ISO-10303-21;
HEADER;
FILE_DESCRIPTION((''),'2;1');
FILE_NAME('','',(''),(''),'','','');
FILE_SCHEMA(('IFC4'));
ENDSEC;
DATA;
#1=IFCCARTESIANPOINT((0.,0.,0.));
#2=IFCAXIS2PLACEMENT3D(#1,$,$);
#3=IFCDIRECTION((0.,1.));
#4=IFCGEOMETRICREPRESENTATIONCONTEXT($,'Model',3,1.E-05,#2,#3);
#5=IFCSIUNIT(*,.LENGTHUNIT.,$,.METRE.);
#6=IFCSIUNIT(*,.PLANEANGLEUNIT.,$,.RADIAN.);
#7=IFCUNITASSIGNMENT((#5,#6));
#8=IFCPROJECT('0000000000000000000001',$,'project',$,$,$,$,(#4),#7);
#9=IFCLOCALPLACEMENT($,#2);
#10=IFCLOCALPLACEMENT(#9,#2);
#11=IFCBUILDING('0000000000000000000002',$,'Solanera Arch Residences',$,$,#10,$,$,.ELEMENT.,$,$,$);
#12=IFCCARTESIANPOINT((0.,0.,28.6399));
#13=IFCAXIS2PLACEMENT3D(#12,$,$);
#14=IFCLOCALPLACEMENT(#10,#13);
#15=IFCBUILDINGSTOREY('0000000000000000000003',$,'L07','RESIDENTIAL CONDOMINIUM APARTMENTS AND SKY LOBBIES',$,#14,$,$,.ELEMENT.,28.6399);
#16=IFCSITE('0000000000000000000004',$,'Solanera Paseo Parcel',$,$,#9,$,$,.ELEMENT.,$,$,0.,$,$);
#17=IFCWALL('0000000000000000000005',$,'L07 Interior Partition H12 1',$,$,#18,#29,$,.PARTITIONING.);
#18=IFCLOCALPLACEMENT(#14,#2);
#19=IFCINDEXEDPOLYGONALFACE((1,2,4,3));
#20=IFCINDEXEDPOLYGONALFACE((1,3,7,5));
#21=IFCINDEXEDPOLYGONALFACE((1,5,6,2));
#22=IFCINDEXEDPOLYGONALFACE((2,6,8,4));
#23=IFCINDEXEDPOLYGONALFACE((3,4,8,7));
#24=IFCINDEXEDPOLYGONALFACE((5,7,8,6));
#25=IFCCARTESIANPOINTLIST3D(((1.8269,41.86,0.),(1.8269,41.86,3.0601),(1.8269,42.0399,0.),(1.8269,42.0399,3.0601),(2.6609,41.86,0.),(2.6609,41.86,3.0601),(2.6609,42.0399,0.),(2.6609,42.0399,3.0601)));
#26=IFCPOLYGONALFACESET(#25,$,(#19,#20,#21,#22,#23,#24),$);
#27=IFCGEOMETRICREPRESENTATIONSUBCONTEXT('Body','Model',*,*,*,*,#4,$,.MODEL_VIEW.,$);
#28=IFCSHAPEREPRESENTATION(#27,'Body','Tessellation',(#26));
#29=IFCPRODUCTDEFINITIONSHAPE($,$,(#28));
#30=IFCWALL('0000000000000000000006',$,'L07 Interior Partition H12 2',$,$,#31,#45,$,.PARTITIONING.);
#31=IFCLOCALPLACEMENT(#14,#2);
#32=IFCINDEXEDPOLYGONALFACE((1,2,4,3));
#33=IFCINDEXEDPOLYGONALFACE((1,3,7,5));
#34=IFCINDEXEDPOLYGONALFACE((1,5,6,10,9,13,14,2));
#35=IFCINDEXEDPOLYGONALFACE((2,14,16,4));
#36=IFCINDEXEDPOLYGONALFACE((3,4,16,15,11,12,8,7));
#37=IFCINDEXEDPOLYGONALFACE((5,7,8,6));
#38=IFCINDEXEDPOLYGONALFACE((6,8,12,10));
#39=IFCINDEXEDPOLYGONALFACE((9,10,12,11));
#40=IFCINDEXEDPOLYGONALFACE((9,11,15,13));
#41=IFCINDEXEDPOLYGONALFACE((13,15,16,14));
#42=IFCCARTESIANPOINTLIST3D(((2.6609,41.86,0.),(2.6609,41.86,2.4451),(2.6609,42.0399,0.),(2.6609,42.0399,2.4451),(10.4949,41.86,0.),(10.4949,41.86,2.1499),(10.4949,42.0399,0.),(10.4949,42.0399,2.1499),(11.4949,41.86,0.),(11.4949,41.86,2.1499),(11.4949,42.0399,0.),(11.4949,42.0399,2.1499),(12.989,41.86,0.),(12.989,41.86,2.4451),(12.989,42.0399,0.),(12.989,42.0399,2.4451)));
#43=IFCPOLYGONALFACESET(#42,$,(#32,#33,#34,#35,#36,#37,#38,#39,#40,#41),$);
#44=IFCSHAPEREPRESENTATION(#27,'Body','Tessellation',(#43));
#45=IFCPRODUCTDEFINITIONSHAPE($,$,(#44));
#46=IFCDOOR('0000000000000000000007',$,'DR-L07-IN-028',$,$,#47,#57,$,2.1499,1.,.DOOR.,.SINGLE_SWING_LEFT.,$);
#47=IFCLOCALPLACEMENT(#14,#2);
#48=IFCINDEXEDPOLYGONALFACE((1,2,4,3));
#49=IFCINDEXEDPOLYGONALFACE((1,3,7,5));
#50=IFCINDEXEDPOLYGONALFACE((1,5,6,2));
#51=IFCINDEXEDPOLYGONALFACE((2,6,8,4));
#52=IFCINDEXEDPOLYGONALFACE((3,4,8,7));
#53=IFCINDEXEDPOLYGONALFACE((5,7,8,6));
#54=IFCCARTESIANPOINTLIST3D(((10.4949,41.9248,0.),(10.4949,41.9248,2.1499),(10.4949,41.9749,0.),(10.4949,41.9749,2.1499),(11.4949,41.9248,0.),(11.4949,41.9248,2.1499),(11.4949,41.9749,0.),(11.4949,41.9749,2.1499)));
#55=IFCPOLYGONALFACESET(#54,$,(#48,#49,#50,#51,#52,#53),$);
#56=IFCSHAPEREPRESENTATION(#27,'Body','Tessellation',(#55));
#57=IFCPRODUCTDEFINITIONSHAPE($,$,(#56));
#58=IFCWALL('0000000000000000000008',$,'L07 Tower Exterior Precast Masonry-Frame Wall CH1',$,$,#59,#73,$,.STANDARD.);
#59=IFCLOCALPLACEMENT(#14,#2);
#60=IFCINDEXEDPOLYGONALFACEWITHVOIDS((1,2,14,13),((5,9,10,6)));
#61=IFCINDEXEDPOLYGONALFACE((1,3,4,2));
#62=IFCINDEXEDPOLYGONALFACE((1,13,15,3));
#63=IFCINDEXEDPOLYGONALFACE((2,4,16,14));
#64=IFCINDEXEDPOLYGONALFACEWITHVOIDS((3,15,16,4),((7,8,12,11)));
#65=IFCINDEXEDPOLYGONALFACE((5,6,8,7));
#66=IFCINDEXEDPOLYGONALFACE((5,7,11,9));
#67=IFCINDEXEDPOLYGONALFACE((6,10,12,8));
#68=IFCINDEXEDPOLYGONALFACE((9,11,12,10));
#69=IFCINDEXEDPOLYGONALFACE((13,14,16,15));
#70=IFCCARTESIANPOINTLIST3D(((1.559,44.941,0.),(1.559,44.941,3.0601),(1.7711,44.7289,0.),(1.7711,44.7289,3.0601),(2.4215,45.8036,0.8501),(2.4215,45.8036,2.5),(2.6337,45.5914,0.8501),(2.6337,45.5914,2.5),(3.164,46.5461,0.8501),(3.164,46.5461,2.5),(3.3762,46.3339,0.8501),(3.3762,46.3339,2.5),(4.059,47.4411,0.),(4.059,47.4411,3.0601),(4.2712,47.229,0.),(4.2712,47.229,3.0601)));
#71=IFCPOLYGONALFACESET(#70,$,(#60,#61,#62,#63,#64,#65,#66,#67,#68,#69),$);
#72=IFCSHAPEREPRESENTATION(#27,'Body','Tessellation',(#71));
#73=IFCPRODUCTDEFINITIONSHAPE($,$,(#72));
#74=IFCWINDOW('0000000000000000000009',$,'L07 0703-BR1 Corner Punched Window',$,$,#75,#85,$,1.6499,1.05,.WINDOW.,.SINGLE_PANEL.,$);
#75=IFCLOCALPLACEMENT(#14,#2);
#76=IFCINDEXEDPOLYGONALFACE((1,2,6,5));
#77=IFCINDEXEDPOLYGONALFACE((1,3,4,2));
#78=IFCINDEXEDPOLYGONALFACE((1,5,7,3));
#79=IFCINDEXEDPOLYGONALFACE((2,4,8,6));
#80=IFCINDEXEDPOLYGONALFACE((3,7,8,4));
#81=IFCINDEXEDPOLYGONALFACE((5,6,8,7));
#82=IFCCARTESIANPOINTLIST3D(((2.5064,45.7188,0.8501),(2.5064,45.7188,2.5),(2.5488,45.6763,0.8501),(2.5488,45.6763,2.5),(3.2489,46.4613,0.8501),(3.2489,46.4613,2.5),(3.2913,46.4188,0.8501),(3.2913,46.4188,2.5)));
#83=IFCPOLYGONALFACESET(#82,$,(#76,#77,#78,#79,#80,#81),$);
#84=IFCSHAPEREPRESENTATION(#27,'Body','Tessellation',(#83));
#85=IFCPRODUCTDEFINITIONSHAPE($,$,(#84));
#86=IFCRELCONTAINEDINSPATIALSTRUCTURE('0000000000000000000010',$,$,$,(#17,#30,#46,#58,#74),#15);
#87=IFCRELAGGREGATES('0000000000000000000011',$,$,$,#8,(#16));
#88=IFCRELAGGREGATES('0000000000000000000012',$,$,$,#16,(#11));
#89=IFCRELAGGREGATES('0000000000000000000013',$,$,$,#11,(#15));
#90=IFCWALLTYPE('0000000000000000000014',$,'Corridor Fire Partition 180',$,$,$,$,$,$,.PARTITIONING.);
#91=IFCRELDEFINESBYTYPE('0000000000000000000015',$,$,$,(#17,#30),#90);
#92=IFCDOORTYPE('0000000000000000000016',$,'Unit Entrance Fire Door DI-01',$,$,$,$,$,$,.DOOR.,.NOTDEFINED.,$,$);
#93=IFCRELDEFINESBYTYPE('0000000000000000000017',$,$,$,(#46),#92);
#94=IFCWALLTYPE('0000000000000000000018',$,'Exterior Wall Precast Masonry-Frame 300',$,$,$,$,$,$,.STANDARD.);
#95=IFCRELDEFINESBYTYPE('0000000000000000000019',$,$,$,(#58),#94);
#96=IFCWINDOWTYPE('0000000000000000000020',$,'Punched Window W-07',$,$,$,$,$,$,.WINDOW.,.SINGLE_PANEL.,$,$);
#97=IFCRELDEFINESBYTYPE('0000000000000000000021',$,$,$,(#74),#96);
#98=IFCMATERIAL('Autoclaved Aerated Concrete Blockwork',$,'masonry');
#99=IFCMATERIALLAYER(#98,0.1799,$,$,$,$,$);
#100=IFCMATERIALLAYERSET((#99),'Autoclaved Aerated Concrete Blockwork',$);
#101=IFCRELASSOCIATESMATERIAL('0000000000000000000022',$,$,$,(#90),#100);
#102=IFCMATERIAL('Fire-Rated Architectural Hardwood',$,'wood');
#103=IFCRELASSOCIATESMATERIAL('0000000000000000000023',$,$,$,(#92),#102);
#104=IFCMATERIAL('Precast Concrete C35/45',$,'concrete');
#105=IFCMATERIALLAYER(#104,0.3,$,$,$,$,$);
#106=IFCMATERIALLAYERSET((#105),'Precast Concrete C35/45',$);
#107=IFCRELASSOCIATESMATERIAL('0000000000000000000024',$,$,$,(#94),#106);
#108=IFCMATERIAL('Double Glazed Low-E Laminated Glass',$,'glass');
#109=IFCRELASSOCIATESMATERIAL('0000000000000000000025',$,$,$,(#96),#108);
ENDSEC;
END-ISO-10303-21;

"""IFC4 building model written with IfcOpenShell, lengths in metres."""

from ifc_helpers import new_model, si_unit, direction, frame, frame_2d, origin, place, context, subcontext, project, spatial, rectangle, extrude, material, layer, layer_set, type_object, element, fill, save


model = new_model("IFC4")

# Units and contexts
model_context = context("Model", 3, precision=1e-05, world=origin(), true_north=direction((0.0, 1.0)))
body_context = subcontext(model_context, "Body", "Model", "MODEL_VIEW")
ifc_project = project(units=[si_unit("LENGTHUNIT", "METRE"), si_unit("PLANEANGLEUNIT", "RADIAN")], contexts=[model_context])

# Site, building, storey
site_placement = place(None, origin())
site = spatial("IfcSite", under=ifc_project, at=site_placement, Name="Solanera Paseo Parcel", CompositionType="ELEMENT", RefElevation=0.0)
building_placement = place(site_placement, origin())
building = spatial("IfcBuilding", under=site, at=building_placement, Name="Solanera Arch Residences", CompositionType="ELEMENT")
storey_placement = place(building_placement, frame((0.0, 0.0, 28.6399)))
storey = spatial("IfcBuildingStorey", under=building, at=storey_placement, Name="L07", Description="RESIDENTIAL CONDOMINIUM APARTMENTS AND SKY LOBBIES", CompositionType="ELEMENT", Elevation=28.6399)

# Wall
ifc_material_1 = material(Name="Autoclaved Aerated Concrete Blockwork", Category="masonry")
ifc_layer_1 = layer(ifc_material_1, 0.1799)
ifc_layer_set_1 = layer_set([ifc_layer_1], Name="Autoclaved Aerated Concrete Blockwork")
wall_type_1 = type_object("IfcWallType", Name="Corridor Fire Partition 180", PredefinedType="PARTITIONING", material=ifc_layer_set_1)
wall_1_placement = place(storey_placement, frame((1.8269, 41.95, 0.0), z_axis=(0.0, 0.0, 1.0), x_axis=(1.0, 0.0, 0.0)))
element("IfcWall", 1, at=wall_1_placement, inside=storey, type_object=wall_type_1, Name="L07 Interior Partition H12 1", PredefinedType="PARTITIONING", context=body_context, shape_type="SweptSolid", body=[
    extrude(rectangle(XDim=0.834, YDim=0.1799, at=frame_2d((0.417, 0.0))), origin(), (0.0, 0.0, 1.0), 3.0601),
])

# Wall, opening, door
wall_2_placement = place(storey_placement, frame((2.6609, 41.95, 0.0), z_axis=(0.0, 0.0, 1.0), x_axis=(1.0, 0.0, 0.0)))
wall_2 = element("IfcWall", 2, at=wall_2_placement, inside=storey, type_object=wall_type_1, Name="L07 Interior Partition H12 2", PredefinedType="PARTITIONING", context=body_context, shape_type="SweptSolid", body=[
    extrude(rectangle(XDim=10.3281, YDim=0.1799, at=frame_2d((5.1641, 0.0))), origin(), (0.0, 0.0, 1.0), 2.4451),
])
opening_1_placement = place(wall_2_placement, frame((7.834, 0.0, 0.0)))
opening_1 = element("IfcOpeningElement", 3, at=opening_1_placement, cuts=wall_2, PredefinedType="OPENING", context=body_context, shape_type="SweptSolid", body=[
    extrude(rectangle(XDim=1.0, YDim=2.1499, at=frame_2d((0.5, 1.075))), frame((0.0, 0.1001, 0.0), z_axis=(0.0, -1.0, 0.0), x_axis=(1.0, 0.0, 0.0)), (0.0, 0.0, 1.0), 0.1999),
])
ifc_material_2 = material(Name="Fire-Rated Architectural Hardwood", Category="wood")
door_type_1 = type_object("IfcDoorType", Name="Unit Entrance Fire Door DI-01", OperationType="NOTDEFINED", PredefinedType="DOOR", material=ifc_material_2)
door_1_placement = place(opening_1_placement, origin())
door_1 = element("IfcDoor", 4, at=door_1_placement, inside=storey, type_object=door_type_1, Name="DR-L07-IN-028", OperationType="SINGLE_SWING_LEFT", OverallHeight=2.1499, OverallWidth=1.0, PredefinedType="DOOR", context=body_context, shape_type="SweptSolid", body=[
    extrude(rectangle(XDim=1.0, YDim=2.1499, at=frame_2d((0.5, 1.075))), frame((0.0, 0.0249, 0.0), z_axis=(0.0, -1.0, 0.0), x_axis=(1.0, 0.0, 0.0)), (0.0, 0.0, 1.0), 0.05),
])
fill(opening_1, door_1)

# Wall, opening, window
ifc_material_3 = material(Name="Precast Concrete C35/45", Category="concrete")
ifc_layer_2 = layer(ifc_material_3, 0.3)
ifc_layer_set_2 = layer_set([ifc_layer_2], Name="Precast Concrete C35/45")
wall_type_2 = type_object("IfcWallType", Name="Exterior Wall Precast Masonry-Frame 300", PredefinedType="STANDARD", material=ifc_layer_set_2)
wall_3_placement = place(storey_placement, frame((1.665, 44.835, 0.0), z_axis=(0.0, 0.0, 1.0), x_axis=(0.707107, 0.707107, 0.0)))
wall_3 = element("IfcWall", 5, at=wall_3_placement, inside=storey, type_object=wall_type_2, Name="L07 Tower Exterior Precast Masonry-Frame Wall CH1", PredefinedType="STANDARD", context=body_context, shape_type="SweptSolid", body=[
    extrude(rectangle(XDim=3.5356, YDim=0.3, at=frame_2d((1.7678, 0.0))), origin(), (0.0, 0.0, 1.0), 3.0601),
])
opening_2_placement = place(wall_3_placement, frame((1.22, 0.0, 0.8501)))
opening_2 = element("IfcOpeningElement", 6, at=opening_2_placement, cuts=wall_3, PredefinedType="OPENING", context=body_context, shape_type="SweptSolid", body=[
    extrude(rectangle(XDim=1.05, YDim=1.6499, at=frame_2d((0.5249, 0.825))), frame((0.0, 0.1599, 0.0), z_axis=(0.0, -1.0, 0.0), x_axis=(1.0, 0.0, 0.0)), (0.0, 0.0, 1.0), 0.32),
])
ifc_material_4 = material(Name="Double Glazed Low-E Laminated Glass", Category="glass")
window_type_1 = type_object("IfcWindowType", Name="Punched Window W-07", PartitioningType="SINGLE_PANEL", PredefinedType="WINDOW", material=ifc_material_4)
window_1_placement = place(opening_2_placement, origin())
window_1 = element("IfcWindow", 7, at=window_1_placement, inside=storey, type_object=window_type_1, Name="L07 0703-BR1 Corner Punched Window", OverallHeight=1.6499, OverallWidth=1.05, PartitioningType="SINGLE_PANEL", PredefinedType="WINDOW", context=body_context, shape_type="SweptSolid", body=[
    extrude(rectangle(XDim=1.05, YDim=1.6499, at=frame_2d((0.5249, 0.825))), frame((0.0, 0.03, 0.0), z_axis=(0.0, -1.0, 0.0), x_axis=(1.0, 0.0, 0.0)), (0.0, 0.0, 1.0), 0.0601),
])
fill(opening_2, window_1)

save(model, "model.ifc")
